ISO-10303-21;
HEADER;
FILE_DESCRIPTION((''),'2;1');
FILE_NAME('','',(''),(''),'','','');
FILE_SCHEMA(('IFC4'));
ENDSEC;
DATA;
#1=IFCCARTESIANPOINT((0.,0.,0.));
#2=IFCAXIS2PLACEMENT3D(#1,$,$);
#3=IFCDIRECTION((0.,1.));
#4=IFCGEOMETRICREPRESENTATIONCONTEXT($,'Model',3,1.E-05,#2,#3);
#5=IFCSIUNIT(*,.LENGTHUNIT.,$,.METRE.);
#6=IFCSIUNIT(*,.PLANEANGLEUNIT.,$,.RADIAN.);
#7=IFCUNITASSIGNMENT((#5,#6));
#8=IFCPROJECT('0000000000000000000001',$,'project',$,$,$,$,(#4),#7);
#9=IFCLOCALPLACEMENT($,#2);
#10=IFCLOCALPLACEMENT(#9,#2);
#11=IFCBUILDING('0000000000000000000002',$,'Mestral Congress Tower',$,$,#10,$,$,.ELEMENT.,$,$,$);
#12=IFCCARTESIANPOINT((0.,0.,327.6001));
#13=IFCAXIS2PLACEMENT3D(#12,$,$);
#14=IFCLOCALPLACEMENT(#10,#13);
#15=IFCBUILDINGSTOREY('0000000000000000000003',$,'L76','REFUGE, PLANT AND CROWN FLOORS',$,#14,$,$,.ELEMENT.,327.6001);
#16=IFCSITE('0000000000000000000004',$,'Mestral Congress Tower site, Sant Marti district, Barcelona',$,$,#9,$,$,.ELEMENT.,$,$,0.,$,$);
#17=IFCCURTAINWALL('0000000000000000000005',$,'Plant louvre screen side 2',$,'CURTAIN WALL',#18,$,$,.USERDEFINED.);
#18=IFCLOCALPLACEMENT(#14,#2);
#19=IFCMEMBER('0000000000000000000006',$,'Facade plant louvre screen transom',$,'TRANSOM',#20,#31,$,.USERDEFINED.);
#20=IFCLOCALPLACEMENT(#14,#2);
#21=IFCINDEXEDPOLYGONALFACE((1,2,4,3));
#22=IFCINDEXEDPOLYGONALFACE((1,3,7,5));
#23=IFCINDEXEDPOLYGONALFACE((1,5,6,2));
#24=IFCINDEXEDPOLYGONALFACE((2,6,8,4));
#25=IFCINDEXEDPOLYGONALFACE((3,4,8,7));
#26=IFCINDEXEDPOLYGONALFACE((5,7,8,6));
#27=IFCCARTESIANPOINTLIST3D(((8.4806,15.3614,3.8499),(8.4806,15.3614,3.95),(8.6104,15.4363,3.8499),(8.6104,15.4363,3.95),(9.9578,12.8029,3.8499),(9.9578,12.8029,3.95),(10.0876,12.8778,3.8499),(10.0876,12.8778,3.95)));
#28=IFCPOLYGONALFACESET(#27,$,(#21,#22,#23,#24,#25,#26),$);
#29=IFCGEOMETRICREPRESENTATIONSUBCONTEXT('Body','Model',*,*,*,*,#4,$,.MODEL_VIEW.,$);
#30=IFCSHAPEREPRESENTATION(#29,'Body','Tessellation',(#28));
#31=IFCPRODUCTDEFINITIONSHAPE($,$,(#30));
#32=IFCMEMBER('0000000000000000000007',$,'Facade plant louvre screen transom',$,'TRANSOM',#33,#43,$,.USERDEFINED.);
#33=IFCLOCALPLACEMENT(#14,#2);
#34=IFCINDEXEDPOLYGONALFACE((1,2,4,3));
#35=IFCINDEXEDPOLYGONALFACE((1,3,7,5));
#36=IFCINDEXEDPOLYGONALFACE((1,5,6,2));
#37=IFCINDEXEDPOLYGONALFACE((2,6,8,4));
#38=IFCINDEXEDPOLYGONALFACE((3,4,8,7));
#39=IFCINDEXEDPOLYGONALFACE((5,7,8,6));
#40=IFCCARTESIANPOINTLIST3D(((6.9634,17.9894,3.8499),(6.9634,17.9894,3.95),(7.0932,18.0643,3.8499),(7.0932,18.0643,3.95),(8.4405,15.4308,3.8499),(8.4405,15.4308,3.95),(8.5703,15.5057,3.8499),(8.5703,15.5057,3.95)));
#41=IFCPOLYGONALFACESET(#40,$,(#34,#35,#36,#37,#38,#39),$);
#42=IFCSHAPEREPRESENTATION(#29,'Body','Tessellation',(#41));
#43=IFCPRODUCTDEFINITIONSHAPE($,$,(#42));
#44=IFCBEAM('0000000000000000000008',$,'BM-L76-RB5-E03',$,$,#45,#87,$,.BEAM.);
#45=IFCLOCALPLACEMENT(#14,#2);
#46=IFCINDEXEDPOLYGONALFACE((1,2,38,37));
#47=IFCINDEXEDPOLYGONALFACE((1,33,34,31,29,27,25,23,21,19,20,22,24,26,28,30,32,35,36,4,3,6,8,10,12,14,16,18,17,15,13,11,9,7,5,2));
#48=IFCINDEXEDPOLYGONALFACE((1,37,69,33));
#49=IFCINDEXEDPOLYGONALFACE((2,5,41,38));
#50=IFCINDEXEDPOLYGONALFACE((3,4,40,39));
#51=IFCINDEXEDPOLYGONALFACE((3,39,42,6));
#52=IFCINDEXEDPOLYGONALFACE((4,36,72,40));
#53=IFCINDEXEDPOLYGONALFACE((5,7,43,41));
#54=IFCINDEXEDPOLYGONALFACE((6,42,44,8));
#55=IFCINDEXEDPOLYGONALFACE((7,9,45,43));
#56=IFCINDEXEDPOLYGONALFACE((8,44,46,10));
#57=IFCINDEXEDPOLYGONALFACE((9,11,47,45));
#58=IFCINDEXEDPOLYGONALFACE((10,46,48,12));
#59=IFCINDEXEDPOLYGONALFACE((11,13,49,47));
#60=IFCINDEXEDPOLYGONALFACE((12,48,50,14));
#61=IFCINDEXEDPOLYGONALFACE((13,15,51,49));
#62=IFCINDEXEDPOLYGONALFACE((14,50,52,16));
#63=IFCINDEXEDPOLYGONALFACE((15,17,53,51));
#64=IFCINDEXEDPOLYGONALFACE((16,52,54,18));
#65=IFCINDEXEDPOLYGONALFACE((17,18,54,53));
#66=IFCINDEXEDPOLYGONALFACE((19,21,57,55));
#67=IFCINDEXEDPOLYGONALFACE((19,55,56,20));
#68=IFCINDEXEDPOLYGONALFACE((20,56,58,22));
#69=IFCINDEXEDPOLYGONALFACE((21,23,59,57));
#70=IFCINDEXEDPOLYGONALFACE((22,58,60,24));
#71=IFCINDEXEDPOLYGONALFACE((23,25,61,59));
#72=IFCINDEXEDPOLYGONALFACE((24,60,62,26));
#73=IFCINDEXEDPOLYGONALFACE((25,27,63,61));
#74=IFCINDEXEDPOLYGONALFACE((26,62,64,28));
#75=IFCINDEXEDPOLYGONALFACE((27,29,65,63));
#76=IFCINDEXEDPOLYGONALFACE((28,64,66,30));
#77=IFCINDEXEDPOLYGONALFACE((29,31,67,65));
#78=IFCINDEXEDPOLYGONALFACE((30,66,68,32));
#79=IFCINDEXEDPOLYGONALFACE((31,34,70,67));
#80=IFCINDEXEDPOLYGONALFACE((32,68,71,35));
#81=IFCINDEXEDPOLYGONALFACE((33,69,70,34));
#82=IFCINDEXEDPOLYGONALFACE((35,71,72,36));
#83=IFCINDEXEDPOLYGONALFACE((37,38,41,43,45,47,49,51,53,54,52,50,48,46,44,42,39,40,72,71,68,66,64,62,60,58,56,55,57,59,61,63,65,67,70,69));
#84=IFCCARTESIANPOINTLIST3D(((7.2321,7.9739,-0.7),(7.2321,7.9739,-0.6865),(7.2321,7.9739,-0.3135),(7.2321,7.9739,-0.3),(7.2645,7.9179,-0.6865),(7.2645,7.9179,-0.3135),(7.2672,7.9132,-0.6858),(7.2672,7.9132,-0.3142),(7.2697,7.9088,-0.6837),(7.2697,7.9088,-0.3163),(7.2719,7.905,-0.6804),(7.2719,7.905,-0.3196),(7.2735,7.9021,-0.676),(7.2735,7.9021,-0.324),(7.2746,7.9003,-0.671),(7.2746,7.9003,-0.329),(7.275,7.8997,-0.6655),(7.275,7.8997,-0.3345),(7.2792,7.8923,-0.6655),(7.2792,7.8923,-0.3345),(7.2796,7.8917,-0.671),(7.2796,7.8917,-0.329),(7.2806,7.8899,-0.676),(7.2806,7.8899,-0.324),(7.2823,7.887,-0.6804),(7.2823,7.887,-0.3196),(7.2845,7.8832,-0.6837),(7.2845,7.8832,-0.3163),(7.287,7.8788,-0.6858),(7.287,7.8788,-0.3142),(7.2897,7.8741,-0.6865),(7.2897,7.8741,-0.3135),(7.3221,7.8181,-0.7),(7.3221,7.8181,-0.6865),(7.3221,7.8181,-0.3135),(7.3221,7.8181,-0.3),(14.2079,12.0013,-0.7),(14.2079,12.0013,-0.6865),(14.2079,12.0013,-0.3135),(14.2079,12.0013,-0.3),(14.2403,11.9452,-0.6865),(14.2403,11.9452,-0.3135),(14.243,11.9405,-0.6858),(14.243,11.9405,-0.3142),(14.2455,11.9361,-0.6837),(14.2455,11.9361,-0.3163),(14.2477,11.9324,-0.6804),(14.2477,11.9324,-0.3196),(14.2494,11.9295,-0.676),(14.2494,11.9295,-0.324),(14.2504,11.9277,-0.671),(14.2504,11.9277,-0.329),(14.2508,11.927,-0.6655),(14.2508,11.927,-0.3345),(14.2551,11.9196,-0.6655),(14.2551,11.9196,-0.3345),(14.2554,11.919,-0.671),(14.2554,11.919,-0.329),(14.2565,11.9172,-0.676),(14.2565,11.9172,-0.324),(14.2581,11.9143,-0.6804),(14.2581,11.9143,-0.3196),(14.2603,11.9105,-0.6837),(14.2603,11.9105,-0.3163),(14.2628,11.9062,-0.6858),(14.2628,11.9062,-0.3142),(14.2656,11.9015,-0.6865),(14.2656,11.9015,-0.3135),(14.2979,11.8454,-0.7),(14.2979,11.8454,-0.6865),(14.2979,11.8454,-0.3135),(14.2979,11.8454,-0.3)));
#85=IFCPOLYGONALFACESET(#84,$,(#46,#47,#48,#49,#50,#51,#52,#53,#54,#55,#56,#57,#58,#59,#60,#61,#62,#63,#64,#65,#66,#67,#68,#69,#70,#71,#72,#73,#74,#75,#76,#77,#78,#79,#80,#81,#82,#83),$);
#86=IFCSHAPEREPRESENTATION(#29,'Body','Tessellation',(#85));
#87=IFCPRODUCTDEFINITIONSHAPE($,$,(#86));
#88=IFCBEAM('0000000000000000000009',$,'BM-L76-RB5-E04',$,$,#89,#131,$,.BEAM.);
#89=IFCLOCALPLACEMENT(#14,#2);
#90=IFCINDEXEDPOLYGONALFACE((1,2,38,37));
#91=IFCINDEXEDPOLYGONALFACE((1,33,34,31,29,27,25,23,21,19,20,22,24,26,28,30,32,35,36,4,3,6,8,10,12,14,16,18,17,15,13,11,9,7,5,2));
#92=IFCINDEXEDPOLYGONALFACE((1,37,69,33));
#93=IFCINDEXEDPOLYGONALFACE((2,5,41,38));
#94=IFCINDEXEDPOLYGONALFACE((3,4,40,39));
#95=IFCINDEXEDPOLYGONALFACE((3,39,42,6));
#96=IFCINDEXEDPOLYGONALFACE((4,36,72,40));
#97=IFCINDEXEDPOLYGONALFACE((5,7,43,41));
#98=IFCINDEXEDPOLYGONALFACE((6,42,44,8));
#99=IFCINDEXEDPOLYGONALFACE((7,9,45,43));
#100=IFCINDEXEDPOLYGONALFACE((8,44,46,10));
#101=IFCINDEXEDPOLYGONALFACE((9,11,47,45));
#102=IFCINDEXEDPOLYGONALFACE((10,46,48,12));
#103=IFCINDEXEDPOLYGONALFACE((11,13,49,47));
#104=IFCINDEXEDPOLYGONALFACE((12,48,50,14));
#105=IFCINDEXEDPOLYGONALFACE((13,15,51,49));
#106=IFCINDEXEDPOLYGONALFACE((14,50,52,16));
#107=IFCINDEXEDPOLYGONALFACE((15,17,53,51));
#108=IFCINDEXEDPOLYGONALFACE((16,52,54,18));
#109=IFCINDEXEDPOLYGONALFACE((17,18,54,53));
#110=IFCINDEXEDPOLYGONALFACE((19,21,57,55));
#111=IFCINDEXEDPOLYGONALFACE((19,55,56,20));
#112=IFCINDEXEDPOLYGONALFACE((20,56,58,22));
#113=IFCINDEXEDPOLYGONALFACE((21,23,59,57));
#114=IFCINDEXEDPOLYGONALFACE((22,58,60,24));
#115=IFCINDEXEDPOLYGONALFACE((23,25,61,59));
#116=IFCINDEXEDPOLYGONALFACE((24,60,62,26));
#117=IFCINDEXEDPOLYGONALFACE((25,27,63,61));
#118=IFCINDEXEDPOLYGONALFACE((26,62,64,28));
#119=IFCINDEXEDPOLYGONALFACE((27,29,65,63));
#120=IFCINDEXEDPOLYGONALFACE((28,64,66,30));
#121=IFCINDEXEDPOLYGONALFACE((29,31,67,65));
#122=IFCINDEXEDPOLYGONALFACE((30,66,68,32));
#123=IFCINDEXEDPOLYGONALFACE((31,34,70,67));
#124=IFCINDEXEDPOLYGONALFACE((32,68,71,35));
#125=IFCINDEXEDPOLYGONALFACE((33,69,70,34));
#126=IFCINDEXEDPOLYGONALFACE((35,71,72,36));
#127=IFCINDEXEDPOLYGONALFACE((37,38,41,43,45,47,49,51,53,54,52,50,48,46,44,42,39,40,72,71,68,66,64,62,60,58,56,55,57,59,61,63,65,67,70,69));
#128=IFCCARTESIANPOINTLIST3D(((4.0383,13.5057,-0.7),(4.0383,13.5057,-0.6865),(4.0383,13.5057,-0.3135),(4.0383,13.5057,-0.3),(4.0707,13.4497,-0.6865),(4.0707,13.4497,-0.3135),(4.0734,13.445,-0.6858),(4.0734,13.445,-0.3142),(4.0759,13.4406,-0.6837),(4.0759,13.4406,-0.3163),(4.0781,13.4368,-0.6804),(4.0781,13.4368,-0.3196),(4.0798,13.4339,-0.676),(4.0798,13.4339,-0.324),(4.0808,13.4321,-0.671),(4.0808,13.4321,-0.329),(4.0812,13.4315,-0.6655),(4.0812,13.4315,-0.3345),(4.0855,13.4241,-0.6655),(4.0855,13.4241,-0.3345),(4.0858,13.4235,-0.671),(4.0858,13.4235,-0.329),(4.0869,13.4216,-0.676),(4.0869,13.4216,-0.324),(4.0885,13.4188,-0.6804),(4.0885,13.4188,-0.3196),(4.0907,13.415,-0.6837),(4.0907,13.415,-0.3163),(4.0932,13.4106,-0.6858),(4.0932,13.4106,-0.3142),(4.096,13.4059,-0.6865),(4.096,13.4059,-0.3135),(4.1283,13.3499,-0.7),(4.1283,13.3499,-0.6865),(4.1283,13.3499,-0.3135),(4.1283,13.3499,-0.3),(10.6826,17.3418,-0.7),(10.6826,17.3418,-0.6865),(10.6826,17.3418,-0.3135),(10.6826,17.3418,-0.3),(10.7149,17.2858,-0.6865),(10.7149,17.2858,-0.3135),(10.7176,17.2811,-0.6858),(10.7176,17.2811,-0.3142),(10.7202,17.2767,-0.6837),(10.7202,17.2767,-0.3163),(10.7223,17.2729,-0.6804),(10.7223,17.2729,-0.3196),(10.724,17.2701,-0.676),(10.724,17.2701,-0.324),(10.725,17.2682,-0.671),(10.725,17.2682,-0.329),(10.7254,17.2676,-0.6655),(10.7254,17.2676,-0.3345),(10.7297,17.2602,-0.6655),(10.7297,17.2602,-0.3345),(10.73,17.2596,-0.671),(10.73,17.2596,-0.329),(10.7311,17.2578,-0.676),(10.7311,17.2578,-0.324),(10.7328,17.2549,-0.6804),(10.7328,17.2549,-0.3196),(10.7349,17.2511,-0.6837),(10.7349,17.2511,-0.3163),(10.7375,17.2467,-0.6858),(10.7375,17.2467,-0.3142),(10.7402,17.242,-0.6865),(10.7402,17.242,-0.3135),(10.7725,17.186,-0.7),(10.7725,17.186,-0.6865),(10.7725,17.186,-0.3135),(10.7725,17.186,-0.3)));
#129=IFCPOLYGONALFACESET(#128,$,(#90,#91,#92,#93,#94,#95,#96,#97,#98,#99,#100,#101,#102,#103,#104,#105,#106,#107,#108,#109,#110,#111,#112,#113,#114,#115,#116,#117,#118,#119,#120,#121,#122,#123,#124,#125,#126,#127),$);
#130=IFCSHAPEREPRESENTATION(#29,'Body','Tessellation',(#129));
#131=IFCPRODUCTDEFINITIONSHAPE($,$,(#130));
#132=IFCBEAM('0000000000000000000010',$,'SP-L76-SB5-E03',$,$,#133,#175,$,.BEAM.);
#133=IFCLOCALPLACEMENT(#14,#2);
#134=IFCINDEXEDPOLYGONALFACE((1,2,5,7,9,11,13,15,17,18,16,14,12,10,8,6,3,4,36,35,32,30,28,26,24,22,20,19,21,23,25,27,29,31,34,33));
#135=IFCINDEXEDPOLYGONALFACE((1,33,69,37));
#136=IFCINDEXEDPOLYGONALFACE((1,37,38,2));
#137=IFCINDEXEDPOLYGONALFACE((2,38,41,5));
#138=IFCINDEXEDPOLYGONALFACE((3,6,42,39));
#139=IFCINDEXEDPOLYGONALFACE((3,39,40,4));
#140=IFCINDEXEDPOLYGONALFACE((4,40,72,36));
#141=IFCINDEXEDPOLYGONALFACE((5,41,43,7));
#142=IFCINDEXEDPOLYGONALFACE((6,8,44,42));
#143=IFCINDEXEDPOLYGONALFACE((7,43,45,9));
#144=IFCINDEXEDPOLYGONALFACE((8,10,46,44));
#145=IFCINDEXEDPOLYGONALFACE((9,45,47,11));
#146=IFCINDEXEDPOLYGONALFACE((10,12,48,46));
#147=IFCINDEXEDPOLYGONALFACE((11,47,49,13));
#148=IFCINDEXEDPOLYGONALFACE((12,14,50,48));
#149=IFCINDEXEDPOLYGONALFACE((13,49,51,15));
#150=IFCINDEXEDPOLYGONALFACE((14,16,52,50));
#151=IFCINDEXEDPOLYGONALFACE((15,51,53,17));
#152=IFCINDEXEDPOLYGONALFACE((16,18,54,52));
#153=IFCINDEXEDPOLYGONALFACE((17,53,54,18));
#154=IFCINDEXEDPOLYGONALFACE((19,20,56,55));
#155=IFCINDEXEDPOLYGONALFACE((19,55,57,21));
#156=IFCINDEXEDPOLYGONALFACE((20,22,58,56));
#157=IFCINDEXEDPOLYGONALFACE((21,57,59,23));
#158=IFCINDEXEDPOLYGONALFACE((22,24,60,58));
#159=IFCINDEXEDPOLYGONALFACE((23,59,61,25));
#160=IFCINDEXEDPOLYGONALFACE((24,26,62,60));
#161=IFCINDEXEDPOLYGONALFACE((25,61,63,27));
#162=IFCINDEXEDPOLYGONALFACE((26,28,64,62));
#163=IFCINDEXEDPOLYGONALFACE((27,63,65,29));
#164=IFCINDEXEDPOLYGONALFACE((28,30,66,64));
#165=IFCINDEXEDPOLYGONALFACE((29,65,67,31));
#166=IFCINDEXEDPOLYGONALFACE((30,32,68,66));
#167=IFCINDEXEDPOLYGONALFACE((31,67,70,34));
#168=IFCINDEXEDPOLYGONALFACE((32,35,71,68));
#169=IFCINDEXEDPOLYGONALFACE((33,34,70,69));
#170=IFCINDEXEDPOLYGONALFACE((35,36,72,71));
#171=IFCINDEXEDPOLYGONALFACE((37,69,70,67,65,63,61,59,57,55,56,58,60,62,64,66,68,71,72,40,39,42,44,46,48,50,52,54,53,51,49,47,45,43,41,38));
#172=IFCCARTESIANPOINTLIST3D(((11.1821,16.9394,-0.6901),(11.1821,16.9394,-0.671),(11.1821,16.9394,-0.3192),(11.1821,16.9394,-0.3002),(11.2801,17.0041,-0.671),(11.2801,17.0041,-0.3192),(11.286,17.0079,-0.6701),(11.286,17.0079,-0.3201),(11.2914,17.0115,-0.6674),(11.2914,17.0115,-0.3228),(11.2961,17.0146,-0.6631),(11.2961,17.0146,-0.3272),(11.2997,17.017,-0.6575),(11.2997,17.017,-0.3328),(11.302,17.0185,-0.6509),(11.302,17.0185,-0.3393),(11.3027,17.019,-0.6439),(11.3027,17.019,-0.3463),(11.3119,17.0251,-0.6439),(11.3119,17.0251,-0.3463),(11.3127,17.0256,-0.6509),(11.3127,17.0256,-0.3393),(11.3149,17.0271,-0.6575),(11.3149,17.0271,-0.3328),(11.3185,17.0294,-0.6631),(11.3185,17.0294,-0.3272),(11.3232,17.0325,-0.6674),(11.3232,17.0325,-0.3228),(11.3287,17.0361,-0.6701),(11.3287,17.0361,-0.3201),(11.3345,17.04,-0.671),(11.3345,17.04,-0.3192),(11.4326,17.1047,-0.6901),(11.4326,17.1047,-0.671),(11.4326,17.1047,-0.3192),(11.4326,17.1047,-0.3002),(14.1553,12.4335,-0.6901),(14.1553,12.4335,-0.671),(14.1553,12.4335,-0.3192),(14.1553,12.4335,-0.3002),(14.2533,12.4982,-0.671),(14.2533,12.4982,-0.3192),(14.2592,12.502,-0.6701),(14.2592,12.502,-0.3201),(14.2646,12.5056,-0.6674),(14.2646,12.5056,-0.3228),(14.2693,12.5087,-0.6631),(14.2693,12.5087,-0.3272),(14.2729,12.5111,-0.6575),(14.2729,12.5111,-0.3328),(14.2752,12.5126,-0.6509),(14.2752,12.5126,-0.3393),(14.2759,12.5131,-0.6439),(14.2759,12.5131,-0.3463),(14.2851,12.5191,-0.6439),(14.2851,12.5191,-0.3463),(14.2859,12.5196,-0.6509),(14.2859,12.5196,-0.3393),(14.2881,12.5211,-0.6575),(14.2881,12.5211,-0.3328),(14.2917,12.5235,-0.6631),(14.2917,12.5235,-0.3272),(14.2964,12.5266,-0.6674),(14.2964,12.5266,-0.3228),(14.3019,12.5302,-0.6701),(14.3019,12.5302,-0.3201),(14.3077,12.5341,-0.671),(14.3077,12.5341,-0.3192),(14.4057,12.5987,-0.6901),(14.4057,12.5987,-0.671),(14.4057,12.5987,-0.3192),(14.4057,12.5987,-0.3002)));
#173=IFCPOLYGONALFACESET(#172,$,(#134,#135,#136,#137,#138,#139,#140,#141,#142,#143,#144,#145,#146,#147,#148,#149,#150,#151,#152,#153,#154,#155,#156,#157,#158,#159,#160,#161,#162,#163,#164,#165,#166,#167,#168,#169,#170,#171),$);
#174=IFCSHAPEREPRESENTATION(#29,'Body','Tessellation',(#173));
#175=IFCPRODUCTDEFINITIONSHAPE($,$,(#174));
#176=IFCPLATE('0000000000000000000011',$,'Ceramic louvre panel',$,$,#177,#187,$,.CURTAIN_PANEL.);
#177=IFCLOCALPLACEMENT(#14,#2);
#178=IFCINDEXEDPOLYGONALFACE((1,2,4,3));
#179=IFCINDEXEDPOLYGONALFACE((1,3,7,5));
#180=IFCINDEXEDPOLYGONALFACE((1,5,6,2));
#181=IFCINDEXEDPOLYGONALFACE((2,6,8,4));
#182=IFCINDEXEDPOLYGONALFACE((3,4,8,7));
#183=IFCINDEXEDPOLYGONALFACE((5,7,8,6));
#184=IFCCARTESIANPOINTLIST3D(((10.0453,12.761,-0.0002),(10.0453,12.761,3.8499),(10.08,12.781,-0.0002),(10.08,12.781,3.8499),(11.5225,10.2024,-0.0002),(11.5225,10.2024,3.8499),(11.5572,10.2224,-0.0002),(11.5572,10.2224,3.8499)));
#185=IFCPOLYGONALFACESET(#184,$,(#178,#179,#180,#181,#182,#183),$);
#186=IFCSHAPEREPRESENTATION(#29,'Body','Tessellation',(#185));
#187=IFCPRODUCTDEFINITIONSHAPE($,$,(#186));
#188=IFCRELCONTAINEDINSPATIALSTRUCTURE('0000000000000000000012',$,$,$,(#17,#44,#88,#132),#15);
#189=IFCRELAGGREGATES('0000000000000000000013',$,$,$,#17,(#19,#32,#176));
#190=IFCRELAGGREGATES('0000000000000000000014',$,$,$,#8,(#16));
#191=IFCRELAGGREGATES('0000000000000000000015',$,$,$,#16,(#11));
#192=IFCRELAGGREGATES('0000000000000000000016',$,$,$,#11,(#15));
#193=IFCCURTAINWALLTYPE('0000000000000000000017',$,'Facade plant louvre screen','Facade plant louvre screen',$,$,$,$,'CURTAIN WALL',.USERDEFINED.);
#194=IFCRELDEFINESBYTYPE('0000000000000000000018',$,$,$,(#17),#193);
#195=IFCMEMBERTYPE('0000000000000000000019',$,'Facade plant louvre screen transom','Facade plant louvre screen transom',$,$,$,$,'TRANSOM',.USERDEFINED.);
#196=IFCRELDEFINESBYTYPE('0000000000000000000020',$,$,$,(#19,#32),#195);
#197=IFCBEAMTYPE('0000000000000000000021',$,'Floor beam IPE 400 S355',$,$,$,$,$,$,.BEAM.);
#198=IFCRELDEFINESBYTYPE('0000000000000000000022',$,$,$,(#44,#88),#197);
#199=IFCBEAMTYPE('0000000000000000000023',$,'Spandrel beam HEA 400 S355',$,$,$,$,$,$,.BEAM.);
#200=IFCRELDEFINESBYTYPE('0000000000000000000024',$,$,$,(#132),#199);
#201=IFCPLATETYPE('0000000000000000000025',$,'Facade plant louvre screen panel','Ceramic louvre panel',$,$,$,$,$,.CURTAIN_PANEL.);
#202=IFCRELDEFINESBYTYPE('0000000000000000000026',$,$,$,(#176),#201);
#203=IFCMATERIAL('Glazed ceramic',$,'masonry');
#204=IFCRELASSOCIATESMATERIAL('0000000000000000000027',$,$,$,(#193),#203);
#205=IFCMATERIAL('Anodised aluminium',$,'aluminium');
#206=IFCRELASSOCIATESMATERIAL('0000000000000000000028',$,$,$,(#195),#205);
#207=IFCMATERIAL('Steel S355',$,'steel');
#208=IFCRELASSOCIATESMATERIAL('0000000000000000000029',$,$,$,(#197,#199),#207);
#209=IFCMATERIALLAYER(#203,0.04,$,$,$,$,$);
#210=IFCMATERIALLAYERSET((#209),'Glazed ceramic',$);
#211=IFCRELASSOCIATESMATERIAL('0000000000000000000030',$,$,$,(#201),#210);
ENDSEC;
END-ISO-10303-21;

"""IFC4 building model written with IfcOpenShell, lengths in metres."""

from ifc_helpers import new_model, si_unit, direction, frame, origin, origin_2d, place, context, subcontext, project, spatial, rectangle, i_section, extrude, material, layer, layer_set, material_profile, profile_set, type_object, element, aggregate, save


model = new_model("IFC4")

# Units and contexts
model_context = context("Model", 3, precision=1e-05, world=origin(), true_north=direction((0.0, 1.0)))
body_context = subcontext(model_context, "Body", "Model", "MODEL_VIEW")
ifc_project = project(units=[si_unit("LENGTHUNIT", "METRE"), si_unit("PLANEANGLEUNIT", "RADIAN")], contexts=[model_context])

# Site, building, storey
site_placement = place(None, origin())
site = spatial("IfcSite", under=ifc_project, at=site_placement, Name="Mestral Congress Tower site, Sant Marti district, Barcelona", CompositionType="ELEMENT", RefElevation=0.0)
building_placement = place(site_placement, origin())
building = spatial("IfcBuilding", under=site, at=building_placement, Name="Mestral Congress Tower", CompositionType="ELEMENT")
storey_placement = place(building_placement, frame((0.0, 0.0, 327.6001)))
storey = spatial("IfcBuildingStorey", under=building, at=storey_placement, Name="L76", Description="REFUGE, PLANT AND CROWN FLOORS", CompositionType="ELEMENT", Elevation=327.6001)

# Shared definitions
ifc_material_1 = material(Name="Steel S355", Category="steel")

# Curtain wall, members
ifc_material_2 = material(Name="Glazed ceramic", Category="masonry")
curtain_wall_type = type_object("IfcCurtainWallType", Name="Facade plant louvre screen", Description="Facade plant louvre screen", ElementType="CURTAIN WALL", PredefinedType="USERDEFINED", material=ifc_material_2)
placement = place(storey_placement, origin())
curtain_wall = element("IfcCurtainWall", 1, at=placement, inside=storey, type_object=curtain_wall_type, Name="Plant louvre screen side 2", ObjectType="CURTAIN WALL", PredefinedType="USERDEFINED")
ifc_material_3 = material(Name="Anodised aluminium", Category="aluminium")
ifc_material_profile_1 = material_profile(ifc_material_3, rectangle(XDim=0.1499, YDim=0.1001, at=origin_2d()), Name="CW6 transom 150 x 100")
ifc_profile_set_1 = profile_set([ifc_material_profile_1], Name="Anodised aluminium")
member_type_1 = type_object("IfcMemberType", Name="Facade plant louvre screen transom", Description="Facade plant louvre screen transom", ElementType="TRANSOM", PredefinedType="USERDEFINED", material=ifc_profile_set_1)
member_1_placement = place(storey_placement, frame((10.0227, 12.8403, 3.8999), z_axis=(-0.500023, 0.866012, 0.0), x_axis=(-0.866012, -0.500023, 0.0)))
member_1 = element("IfcMember", 2, at=member_1_placement, type_object=member_type_1, Name="Facade plant louvre screen transom", ObjectType="TRANSOM", PredefinedType="USERDEFINED", context=body_context, shape_type="SweptSolid", body=[
    extrude(rectangle(XDim=0.1499, YDim=0.1001, at=origin_2d()), origin(), (0.0, 0.0, 1.0), 2.9543),
])
member_2_placement = place(storey_placement, frame((8.5054, 15.4683, 3.8999), z_axis=(-0.499961, 0.866048, 0.0), x_axis=(-0.866048, -0.499961, 0.0)))
member_2 = element("IfcMember", 3, at=member_2_placement, type_object=member_type_1, Name="Facade plant louvre screen transom", ObjectType="TRANSOM", PredefinedType="USERDEFINED", context=body_context, shape_type="SweptSolid", body=[
    extrude(rectangle(XDim=0.1499, YDim=0.1001, at=origin_2d()), origin(), (0.0, 0.0, 1.0), 2.9543),
])

# Beams
ifc_material_profile_2 = material_profile(ifc_material_1, i_section(OverallWidth=0.1799, OverallDepth=0.3999, WebThickness=0.0085, FlangeThickness=0.0134, FilletRadius=0.021, at=origin_2d()), Name="IPE 400")
ifc_profile_set_2 = profile_set([ifc_material_profile_2], Name="Steel S355")
beam_type_1 = type_object("IfcBeamType", Name="Floor beam IPE 400 S355", PredefinedType="BEAM", material=ifc_profile_set_2)
beam_1_placement = place(storey_placement, frame((14.2529, 11.9233, -0.5), z_axis=(-0.866034, -0.499986, 0.0), x_axis=(0.499986, -0.866034, 0.0)))
element("IfcBeam", 4, at=beam_1_placement, inside=storey, type_object=beam_type_1, Name="BM-L76-RB5-E03", PredefinedType="BEAM", context=body_context, shape_type="SweptSolid", body=[
    extrude(i_section(OverallWidth=0.1799, OverallDepth=0.3999, WebThickness=0.0085, FlangeThickness=0.0134, FilletRadius=0.021, at=origin_2d()), origin(), (0.0, 0.0, 1.0), 8.0549),
])
beam_2_placement = place(storey_placement, frame((10.7275, 17.2639, -0.5), z_axis=(-0.86602, -0.50001, 0.0), x_axis=(0.50001, -0.86602, 0.0)))
element("IfcBeam", 5, at=beam_2_placement, inside=storey, type_object=beam_type_1, Name="BM-L76-RB5-E04", PredefinedType="BEAM", context=body_context, shape_type="SweptSolid", body=[
    extrude(i_section(OverallWidth=0.1799, OverallDepth=0.3999, WebThickness=0.0085, FlangeThickness=0.0134, FilletRadius=0.021, at=origin_2d()), origin(), (0.0, 0.0, 1.0), 7.6721),
])
ifc_material_profile_3 = material_profile(ifc_material_1, i_section(OverallWidth=0.3, OverallDepth=0.3899, WebThickness=0.011, FlangeThickness=0.019, FilletRadius=0.0271, at=origin_2d()), Name="HEA 400")
ifc_profile_set_3 = profile_set([ifc_material_profile_3], Name="Steel S355")
beam_type_2 = type_object("IfcBeamType", Name="Spandrel beam HEA 400 S355", PredefinedType="BEAM", material=ifc_profile_set_3)
beam_3_placement = place(storey_placement, frame((14.2805, 12.5161, -0.4951), z_axis=(-0.550749, 0.834671, 0.0), x_axis=(-0.834671, -0.550749, 0.0)))
element("IfcBeam", 6, at=beam_3_placement, inside=storey, type_object=beam_type_2, Name="SP-L76-SB5-E03", PredefinedType="BEAM", context=body_context, shape_type="SweptSolid", body=[
    extrude(i_section(OverallWidth=0.3, OverallDepth=0.3899, WebThickness=0.011, FlangeThickness=0.019, FilletRadius=0.0271, at=origin_2d()), origin(), (0.0, 0.0, 1.0), 5.3984),
])

# Plate
ifc_layer_1 = layer(ifc_material_2, 0.04)
ifc_layer_set_1 = layer_set([ifc_layer_1], Name="Glazed ceramic")
plate_type = type_object("IfcPlateType", Name="Facade plant louvre screen panel", Description="Ceramic louvre panel", PredefinedType="CURTAIN_PANEL", material=ifc_layer_set_1)
plate_1_placement = place(storey_placement, frame((10.8013, 11.4917, -0.0002), z_axis=(0.0, 0.0, 1.0), x_axis=(-0.500002, 0.866025, 0.0)))
plate_1 = element("IfcPlate", 7, at=plate_1_placement, type_object=plate_type, Name="Ceramic louvre panel", PredefinedType="CURTAIN_PANEL", context=body_context, shape_type="SweptSolid", body=[
    extrude(rectangle(XDim=2.9543, YDim=0.04, at=origin_2d()), origin(), (0.0, 0.0, 1.0), 3.8501),
])
aggregate(curtain_wall, [member_1, member_2, plate_1])

save(model, "model.ifc")
